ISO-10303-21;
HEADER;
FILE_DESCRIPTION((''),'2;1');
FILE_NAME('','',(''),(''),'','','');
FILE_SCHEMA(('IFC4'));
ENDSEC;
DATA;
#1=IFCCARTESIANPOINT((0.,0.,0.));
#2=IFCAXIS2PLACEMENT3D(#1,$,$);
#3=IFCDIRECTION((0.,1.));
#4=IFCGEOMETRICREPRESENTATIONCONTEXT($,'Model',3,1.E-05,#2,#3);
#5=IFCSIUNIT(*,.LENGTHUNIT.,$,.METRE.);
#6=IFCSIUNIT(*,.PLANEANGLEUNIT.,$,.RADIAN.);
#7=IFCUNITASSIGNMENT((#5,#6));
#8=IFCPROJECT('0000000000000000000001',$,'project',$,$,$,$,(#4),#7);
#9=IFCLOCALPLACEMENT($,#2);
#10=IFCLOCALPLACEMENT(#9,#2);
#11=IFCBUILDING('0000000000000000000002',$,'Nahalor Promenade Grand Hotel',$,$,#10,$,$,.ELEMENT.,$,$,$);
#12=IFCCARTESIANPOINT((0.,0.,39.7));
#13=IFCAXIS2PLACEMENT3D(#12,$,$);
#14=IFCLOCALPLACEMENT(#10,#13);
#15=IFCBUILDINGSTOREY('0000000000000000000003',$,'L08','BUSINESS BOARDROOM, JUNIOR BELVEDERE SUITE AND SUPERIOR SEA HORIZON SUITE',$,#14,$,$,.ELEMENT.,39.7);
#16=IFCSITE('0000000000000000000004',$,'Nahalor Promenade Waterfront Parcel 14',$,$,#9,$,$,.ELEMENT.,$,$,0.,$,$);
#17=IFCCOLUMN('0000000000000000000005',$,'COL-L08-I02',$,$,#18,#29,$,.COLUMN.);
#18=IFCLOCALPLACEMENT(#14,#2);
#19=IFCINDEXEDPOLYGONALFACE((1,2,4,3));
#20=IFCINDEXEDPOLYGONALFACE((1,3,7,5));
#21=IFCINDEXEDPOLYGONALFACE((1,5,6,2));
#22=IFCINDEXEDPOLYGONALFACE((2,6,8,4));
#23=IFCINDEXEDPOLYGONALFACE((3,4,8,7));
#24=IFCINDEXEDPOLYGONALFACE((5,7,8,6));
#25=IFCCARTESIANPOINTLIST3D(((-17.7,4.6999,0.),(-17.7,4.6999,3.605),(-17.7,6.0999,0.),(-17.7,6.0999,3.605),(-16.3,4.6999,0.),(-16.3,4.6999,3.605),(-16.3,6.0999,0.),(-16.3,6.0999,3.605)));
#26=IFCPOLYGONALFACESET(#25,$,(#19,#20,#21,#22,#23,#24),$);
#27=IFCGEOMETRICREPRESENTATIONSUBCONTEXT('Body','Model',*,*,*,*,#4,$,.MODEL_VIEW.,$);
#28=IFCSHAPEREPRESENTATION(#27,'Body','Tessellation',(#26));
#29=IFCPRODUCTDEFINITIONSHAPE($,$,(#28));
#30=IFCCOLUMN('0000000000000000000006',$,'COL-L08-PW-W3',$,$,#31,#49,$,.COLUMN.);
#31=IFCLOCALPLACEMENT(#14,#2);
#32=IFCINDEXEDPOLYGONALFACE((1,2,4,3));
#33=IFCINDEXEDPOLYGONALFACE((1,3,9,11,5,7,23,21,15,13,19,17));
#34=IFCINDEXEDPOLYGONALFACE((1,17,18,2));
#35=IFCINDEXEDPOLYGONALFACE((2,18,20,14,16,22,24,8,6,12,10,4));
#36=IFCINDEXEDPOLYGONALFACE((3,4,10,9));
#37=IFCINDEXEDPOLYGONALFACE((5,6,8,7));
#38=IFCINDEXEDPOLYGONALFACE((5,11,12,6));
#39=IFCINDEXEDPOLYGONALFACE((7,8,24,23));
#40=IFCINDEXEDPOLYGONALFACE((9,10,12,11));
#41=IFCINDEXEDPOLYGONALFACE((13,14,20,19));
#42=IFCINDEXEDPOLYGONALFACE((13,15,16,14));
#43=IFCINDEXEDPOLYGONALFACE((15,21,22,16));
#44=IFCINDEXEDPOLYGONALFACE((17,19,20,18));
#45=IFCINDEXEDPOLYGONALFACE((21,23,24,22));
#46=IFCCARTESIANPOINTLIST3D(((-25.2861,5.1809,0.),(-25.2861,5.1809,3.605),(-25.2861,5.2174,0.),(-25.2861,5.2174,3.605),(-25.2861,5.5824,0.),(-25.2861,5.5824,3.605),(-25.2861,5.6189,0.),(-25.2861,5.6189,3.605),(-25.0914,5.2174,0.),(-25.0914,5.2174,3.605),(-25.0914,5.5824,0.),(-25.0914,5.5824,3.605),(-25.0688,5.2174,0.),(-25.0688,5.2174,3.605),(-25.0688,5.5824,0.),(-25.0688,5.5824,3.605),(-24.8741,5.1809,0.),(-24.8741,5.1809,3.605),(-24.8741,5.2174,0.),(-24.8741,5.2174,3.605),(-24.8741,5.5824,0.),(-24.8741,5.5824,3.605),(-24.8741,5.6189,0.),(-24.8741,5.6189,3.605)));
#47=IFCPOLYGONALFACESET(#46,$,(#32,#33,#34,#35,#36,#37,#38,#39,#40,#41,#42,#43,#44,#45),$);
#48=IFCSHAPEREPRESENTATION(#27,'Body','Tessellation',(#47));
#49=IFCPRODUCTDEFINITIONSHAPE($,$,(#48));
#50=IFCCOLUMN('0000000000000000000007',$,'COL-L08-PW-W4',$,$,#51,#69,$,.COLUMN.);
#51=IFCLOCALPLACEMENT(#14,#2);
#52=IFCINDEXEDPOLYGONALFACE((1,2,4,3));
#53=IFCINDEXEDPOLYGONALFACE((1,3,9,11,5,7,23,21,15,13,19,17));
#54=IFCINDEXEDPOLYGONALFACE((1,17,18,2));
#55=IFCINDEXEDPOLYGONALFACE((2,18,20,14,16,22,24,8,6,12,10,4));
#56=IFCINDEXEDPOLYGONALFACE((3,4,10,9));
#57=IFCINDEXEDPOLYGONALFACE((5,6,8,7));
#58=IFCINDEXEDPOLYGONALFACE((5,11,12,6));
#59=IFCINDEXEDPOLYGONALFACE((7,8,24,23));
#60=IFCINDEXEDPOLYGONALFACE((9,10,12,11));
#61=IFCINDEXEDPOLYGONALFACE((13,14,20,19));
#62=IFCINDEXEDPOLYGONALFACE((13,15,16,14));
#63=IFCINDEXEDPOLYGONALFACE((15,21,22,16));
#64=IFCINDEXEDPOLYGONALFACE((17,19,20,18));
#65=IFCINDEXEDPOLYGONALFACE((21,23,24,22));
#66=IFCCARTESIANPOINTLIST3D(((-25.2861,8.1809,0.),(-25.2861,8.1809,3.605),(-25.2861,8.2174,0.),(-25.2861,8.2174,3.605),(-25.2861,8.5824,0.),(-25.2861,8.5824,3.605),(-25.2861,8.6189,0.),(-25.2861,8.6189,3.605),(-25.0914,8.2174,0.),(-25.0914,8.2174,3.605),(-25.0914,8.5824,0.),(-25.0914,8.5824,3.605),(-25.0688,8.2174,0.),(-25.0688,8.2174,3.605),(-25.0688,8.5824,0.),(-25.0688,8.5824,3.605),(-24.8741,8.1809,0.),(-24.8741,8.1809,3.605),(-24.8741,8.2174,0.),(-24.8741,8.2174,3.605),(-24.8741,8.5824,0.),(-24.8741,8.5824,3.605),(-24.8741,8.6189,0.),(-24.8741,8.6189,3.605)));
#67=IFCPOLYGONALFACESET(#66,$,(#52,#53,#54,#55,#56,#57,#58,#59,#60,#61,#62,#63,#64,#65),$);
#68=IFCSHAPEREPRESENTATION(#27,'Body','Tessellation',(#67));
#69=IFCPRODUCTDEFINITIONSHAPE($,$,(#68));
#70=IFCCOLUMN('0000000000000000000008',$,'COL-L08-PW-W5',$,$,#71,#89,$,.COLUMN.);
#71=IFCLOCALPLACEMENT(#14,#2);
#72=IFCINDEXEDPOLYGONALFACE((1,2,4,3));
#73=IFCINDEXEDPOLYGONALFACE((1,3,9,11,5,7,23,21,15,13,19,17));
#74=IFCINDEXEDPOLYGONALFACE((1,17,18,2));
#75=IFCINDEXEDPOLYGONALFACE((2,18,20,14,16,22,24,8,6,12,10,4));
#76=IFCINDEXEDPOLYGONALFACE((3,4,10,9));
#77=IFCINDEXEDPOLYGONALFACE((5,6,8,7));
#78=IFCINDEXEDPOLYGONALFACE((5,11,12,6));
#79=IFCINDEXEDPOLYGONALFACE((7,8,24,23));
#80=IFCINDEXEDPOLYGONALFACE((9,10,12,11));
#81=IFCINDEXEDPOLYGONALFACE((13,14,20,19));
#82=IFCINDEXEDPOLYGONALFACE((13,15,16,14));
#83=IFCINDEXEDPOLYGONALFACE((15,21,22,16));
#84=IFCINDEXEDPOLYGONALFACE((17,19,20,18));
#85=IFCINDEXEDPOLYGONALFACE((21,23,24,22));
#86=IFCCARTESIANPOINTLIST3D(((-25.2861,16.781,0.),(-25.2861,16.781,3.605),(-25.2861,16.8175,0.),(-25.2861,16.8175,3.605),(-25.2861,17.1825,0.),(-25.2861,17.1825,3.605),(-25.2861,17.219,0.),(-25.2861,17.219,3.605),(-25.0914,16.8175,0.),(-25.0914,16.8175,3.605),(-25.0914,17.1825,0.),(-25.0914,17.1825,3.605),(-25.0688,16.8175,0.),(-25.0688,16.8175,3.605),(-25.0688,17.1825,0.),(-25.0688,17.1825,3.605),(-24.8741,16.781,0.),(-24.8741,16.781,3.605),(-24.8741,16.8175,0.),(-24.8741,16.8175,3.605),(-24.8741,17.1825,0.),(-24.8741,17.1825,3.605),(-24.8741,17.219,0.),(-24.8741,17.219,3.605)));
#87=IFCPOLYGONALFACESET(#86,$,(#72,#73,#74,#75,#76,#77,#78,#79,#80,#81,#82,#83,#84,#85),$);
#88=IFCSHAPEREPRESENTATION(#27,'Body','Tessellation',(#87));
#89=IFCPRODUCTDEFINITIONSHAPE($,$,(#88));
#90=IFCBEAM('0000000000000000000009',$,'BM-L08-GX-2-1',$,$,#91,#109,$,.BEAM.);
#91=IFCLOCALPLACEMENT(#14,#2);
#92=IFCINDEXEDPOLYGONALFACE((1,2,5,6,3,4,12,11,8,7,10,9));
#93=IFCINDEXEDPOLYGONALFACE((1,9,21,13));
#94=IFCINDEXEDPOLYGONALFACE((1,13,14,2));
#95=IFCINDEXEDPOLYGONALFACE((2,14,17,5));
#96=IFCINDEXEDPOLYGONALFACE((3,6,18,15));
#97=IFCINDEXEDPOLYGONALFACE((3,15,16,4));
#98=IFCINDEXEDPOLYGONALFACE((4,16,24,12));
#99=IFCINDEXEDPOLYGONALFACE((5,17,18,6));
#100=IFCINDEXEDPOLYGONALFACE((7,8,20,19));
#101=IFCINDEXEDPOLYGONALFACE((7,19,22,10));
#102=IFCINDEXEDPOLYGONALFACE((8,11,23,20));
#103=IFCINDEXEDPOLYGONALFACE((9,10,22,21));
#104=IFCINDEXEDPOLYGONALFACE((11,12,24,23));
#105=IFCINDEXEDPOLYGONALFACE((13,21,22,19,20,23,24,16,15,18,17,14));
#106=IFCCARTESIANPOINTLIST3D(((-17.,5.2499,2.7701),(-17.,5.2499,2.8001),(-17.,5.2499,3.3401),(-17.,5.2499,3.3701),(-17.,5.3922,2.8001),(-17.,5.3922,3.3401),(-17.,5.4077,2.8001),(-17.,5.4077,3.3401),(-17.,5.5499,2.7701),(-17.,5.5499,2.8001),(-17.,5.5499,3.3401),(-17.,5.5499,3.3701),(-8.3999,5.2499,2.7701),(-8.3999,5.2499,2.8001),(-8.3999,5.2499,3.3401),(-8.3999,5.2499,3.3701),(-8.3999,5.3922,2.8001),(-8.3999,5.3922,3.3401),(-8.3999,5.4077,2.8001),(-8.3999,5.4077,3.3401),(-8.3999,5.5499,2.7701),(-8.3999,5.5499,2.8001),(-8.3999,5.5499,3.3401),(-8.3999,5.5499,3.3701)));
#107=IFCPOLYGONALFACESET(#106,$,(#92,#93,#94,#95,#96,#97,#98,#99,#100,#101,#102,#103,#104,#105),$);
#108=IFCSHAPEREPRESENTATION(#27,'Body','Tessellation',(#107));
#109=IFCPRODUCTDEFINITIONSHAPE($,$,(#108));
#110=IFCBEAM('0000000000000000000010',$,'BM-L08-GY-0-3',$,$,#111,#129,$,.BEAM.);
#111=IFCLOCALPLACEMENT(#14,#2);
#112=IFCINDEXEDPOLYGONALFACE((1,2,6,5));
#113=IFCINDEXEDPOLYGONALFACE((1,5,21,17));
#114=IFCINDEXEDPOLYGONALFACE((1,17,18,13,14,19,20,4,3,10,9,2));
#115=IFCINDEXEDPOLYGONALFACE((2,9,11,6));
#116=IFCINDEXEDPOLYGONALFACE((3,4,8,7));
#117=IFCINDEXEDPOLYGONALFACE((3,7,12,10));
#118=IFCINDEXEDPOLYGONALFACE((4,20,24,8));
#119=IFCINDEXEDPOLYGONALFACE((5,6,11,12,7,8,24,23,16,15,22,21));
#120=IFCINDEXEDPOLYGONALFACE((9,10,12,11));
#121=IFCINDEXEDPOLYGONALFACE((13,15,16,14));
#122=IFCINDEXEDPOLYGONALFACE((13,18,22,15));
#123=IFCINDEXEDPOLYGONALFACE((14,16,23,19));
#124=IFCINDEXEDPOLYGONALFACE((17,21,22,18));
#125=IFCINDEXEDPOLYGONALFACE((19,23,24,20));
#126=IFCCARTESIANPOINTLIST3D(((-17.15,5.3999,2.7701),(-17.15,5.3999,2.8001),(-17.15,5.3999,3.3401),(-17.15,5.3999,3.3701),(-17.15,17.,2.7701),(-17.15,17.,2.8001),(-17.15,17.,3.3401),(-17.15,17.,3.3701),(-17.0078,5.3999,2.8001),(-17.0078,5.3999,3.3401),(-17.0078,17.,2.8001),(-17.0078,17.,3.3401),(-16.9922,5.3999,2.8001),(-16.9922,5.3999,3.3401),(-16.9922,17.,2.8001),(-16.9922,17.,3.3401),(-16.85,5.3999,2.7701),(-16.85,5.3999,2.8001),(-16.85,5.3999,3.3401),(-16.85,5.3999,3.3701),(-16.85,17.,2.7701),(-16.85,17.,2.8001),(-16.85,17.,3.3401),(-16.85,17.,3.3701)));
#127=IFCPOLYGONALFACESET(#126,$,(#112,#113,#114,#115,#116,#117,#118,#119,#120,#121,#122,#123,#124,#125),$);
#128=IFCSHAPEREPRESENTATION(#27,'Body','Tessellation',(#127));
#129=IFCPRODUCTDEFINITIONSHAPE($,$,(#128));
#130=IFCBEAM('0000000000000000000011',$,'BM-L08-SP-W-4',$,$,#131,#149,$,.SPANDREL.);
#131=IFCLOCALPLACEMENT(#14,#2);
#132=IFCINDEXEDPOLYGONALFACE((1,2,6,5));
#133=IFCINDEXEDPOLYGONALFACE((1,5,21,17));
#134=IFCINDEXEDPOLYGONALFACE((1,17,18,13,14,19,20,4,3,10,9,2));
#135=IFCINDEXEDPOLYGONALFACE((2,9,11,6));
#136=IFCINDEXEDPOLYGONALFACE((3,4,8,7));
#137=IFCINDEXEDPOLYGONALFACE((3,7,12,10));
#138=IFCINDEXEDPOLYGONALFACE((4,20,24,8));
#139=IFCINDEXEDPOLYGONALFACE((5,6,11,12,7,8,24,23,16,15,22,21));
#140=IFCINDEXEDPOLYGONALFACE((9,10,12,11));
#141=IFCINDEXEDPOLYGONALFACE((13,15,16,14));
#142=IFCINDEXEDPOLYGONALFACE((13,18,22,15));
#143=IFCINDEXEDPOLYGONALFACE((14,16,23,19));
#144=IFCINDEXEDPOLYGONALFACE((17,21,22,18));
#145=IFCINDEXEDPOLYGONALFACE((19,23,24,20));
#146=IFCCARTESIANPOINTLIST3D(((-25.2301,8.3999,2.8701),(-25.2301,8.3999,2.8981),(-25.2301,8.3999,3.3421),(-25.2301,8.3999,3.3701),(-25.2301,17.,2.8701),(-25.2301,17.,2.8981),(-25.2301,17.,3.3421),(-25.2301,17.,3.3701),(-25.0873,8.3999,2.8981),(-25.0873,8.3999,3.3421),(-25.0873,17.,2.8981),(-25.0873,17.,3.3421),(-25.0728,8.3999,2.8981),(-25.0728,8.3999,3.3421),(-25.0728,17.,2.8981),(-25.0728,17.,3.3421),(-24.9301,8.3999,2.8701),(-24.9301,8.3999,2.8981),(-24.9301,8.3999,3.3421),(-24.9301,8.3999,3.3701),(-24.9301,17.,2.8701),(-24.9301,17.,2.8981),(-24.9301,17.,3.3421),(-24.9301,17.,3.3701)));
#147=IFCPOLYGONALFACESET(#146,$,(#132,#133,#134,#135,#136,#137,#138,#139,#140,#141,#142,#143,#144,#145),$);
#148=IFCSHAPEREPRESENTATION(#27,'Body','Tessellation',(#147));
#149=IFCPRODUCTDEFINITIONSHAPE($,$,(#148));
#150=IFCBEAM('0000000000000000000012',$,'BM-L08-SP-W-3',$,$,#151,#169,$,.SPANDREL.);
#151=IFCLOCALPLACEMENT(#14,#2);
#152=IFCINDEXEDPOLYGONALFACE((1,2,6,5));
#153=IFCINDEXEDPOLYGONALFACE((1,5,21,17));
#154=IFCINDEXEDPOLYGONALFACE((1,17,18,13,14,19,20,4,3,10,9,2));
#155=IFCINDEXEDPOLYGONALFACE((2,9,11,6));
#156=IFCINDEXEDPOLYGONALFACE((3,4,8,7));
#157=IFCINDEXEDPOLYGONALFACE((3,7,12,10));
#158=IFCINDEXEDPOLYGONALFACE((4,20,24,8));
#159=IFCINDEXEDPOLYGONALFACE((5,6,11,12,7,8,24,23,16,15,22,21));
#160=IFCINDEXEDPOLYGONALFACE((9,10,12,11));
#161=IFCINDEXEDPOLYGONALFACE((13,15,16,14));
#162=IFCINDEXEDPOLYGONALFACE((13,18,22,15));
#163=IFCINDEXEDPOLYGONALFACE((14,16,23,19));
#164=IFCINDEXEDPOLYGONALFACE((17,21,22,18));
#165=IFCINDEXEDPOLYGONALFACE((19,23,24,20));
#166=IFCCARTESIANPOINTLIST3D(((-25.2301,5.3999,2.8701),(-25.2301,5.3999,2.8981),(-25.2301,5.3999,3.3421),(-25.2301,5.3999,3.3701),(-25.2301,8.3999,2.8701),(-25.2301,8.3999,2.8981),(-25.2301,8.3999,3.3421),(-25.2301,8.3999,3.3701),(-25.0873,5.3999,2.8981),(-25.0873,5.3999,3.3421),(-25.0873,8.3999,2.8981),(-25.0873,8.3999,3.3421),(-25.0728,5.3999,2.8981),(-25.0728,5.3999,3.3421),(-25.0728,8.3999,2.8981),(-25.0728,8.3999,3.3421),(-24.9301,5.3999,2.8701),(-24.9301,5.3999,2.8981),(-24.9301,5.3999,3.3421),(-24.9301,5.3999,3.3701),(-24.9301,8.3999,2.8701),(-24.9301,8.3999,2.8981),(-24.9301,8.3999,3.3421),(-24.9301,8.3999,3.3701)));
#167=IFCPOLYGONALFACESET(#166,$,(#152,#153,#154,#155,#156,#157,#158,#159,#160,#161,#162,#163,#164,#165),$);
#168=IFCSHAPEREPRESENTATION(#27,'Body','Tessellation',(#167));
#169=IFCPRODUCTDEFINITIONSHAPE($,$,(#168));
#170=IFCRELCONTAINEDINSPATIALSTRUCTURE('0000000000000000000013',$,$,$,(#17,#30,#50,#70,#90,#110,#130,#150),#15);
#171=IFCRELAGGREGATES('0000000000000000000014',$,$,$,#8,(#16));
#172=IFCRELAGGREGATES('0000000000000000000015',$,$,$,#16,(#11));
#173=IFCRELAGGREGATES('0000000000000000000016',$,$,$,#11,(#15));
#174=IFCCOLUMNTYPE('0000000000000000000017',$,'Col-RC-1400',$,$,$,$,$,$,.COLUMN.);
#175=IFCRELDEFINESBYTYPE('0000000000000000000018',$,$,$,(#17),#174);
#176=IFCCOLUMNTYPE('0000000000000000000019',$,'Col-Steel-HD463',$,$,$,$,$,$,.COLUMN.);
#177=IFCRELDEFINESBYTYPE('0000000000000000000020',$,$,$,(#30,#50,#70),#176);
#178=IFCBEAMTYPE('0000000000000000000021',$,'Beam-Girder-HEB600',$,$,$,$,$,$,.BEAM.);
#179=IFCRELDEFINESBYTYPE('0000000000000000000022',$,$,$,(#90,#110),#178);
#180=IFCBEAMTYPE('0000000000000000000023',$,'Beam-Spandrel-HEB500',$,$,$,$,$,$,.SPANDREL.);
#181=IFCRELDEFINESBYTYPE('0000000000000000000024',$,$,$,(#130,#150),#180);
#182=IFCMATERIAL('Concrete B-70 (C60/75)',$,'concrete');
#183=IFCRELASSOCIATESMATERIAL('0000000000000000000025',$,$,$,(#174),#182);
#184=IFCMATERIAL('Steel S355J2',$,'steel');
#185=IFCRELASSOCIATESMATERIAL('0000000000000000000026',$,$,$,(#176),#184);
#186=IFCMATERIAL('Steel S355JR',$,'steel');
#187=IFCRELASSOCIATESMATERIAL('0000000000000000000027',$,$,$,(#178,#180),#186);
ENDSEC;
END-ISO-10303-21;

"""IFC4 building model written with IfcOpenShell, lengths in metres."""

from ifc_helpers import new_model, si_unit, direction, frame, origin, origin_2d, place, context, subcontext, project, spatial, rectangle, i_section, extrude, source, transform, mapped, material, material_profile, profile_set, type_object, element, save


model = new_model("IFC4")

# Units and contexts
model_context = context("Model", 3, precision=1e-05, world=origin(), true_north=direction((0.0, 1.0)))
body_context = subcontext(model_context, "Body", "Model", "MODEL_VIEW")
ifc_project = project(units=[si_unit("LENGTHUNIT", "METRE"), si_unit("PLANEANGLEUNIT", "RADIAN")], contexts=[model_context])

# Site, building, storey
site_placement = place(None, origin())
site = spatial("IfcSite", under=ifc_project, at=site_placement, Name="Nahalor Promenade Waterfront Parcel 14", CompositionType="ELEMENT", RefElevation=0.0)
building_placement = place(site_placement, origin())
building = spatial("IfcBuilding", under=site, at=building_placement, Name="Nahalor Promenade Grand Hotel", CompositionType="ELEMENT")
storey_placement = place(building_placement, frame((0.0, 0.0, 39.7)))
storey = spatial("IfcBuildingStorey", under=building, at=storey_placement, Name="L08", Description="BUSINESS BOARDROOM, JUNIOR BELVEDERE SUITE AND SUPERIOR SEA HORIZON SUITE", CompositionType="ELEMENT", Elevation=39.7)

# Columns
ifc_material_1 = material(Name="Concrete B-70 (C60/75)", Category="concrete")
ifc_material_profile_1 = material_profile(ifc_material_1, rectangle(XDim=1.4, YDim=1.4, at=origin_2d()), Name="RC 1400x1400")
ifc_profile_set_1 = profile_set([ifc_material_profile_1], Name="Concrete B-70 (C60/75)")
column_type_1 = type_object("IfcColumnType", Name="Col-RC-1400", PredefinedType="COLUMN", material=ifc_profile_set_1)
shared_shape_1 = source(origin(), body_context, "Body", "SweptSolid", [
    extrude(rectangle(XDim=1.4, YDim=1.4, at=origin_2d()), origin(), (0.0, 0.0, 1.0), 3.605),
])
column_placement = place(storey_placement, frame((-17.0, 5.3999, 0.0), z_axis=(0.0, 0.0, 1.0), x_axis=(1.0, 0.0, 0.0)))
element("IfcColumn", 1, at=column_placement, inside=storey, type_object=column_type_1, Name="COL-L08-I02", PredefinedType="COLUMN", context=body_context, shape_type="MappedRepresentation", body=[
    mapped(shared_shape_1, transform((0.0, 0.0, 0.0), scale=1.0)),
])
ifc_material_2 = material(Name="Steel S355J2", Category="steel")
ifc_material_profile_2 = material_profile(ifc_material_2, i_section(OverallWidth=0.412, OverallDepth=0.438, WebThickness=0.0226, FlangeThickness=0.0365, at=origin_2d()), Name="HD 400x463")
ifc_profile_set_2 = profile_set([ifc_material_profile_2], Name="Steel S355J2")
column_type_2 = type_object("IfcColumnType", Name="Col-Steel-HD463", PredefinedType="COLUMN", material=ifc_profile_set_2)
shared_shape_2 = source(origin(), body_context, "Body", "SweptSolid", [
    extrude(i_section(OverallWidth=0.412, OverallDepth=0.438, WebThickness=0.0226, FlangeThickness=0.0365, at=origin_2d()), origin(), (0.0, 0.0, 1.0), 3.605),
])
for number, where, z_axis, x_axis, name in (
    (2, (-25.0801, 5.3999, 0.0), (0.0, 0.0, 1.0), (1.0, 0.0, 0.0), "COL-L08-PW-W3"),
    (3, (-25.0801, 8.3999, 0.0), (0.0, 0.0, 1.0), (1.0, 0.0, 0.0), "COL-L08-PW-W4"),
    (4, (-25.0801, 17.0, 0.0), (0.0, 0.0, 1.0), (1.0, 0.0, 0.0), "COL-L08-PW-W5"),
):
    element("IfcColumn", number, at=place(storey_placement, frame(where, z_axis=z_axis, x_axis=x_axis)), inside=storey, type_object=column_type_2, Name=name, PredefinedType="COLUMN", context=body_context, shape_type="MappedRepresentation", body=[
        mapped(shared_shape_2, transform((0.0, 0.0, 0.0), scale=1.0)),
    ])

# Beams
ifc_material_3 = material(Name="Steel S355JR", Category="steel")
ifc_material_profile_3 = material_profile(ifc_material_3, i_section(OverallWidth=0.3, OverallDepth=0.6, WebThickness=0.0155, FlangeThickness=0.03, at=origin_2d()), Name="HEB 600")
ifc_profile_set_3 = profile_set([ifc_material_profile_3], Name="Steel S355JR")
beam_type_1 = type_object("IfcBeamType", Name="Beam-Girder-HEB600", PredefinedType="BEAM", material=ifc_profile_set_3)
shared_shape_3 = source(origin(), body_context, "Body", "SweptSolid", [
    extrude(i_section(OverallWidth=0.3, OverallDepth=0.6, WebThickness=0.0155, FlangeThickness=0.03, at=origin_2d()), origin(), (0.0, 0.0, 1.0), 8.6001),
])
beam_1_placement = place(storey_placement, frame((-17.0, 5.3999, 3.0701), z_axis=(1.0, 0.0, 0.0), x_axis=(0.0, 1.0, 0.0)))
element("IfcBeam", 5, at=beam_1_placement, inside=storey, type_object=beam_type_1, Name="BM-L08-GX-2-1", PredefinedType="BEAM", context=body_context, shape_type="MappedRepresentation", body=[
    mapped(shared_shape_3, transform((0.0, 0.0, 0.0), scale=1.0)),
])
shared_shape_4 = source(origin(), body_context, "Body", "SweptSolid", [
    extrude(i_section(OverallWidth=0.3, OverallDepth=0.6, WebThickness=0.0155, FlangeThickness=0.03, at=origin_2d()), origin(), (0.0, 0.0, 1.0), 11.6001),
])
beam_2_placement = place(storey_placement, frame((-17.0, 5.3999, 3.0701), z_axis=(0.0, 1.0, 0.0), x_axis=(-1.0, 0.0, 0.0)))
element("IfcBeam", 6, at=beam_2_placement, inside=storey, type_object=beam_type_1, Name="BM-L08-GY-0-3", PredefinedType="BEAM", context=body_context, shape_type="MappedRepresentation", body=[
    mapped(shared_shape_4, transform((0.0, 0.0, 0.0), scale=1.0)),
])
ifc_material_profile_4 = material_profile(ifc_material_3, i_section(OverallWidth=0.3, OverallDepth=0.5, WebThickness=0.0145, FlangeThickness=0.028, at=origin_2d()), Name="HEB 500")
ifc_profile_set_4 = profile_set([ifc_material_profile_4], Name="Steel S355JR")
beam_type_2 = type_object("IfcBeamType", Name="Beam-Spandrel-HEB500", PredefinedType="SPANDREL", material=ifc_profile_set_4)
shared_shape_5 = source(origin(), body_context, "Body", "SweptSolid", [
    extrude(i_section(OverallWidth=0.3, OverallDepth=0.5, WebThickness=0.0145, FlangeThickness=0.028, at=origin_2d()), origin(), (0.0, 0.0, 1.0), 8.6001),
])
beam_3_placement = place(storey_placement, frame((-25.0801, 8.3999, 3.1201), z_axis=(0.0, 1.0, 0.0), x_axis=(-1.0, 0.0, 0.0)))
element("IfcBeam", 7, at=beam_3_placement, inside=storey, type_object=beam_type_2, Name="BM-L08-SP-W-4", PredefinedType="SPANDREL", context=body_context, shape_type="MappedRepresentation", body=[
    mapped(shared_shape_5, transform((0.0, 0.0, 0.0), scale=1.0)),
])
shared_shape_6 = source(origin(), body_context, "Body", "SweptSolid", [
    extrude(i_section(OverallWidth=0.3, OverallDepth=0.5, WebThickness=0.0145, FlangeThickness=0.028, at=origin_2d()), origin(), (0.0, 0.0, 1.0), 3.0),
])
beam_4_placement = place(storey_placement, frame((-25.0801, 5.3999, 3.1201), z_axis=(0.0, 1.0, 0.0), x_axis=(-1.0, 0.0, 0.0)))
element("IfcBeam", 8, at=beam_4_placement, inside=storey, type_object=beam_type_2, Name="BM-L08-SP-W-3", PredefinedType="SPANDREL", context=body_context, shape_type="MappedRepresentation", body=[
    mapped(shared_shape_6, transform((0.0, 0.0, 0.0), scale=1.0)),
])

save(model, "model.ifc")
